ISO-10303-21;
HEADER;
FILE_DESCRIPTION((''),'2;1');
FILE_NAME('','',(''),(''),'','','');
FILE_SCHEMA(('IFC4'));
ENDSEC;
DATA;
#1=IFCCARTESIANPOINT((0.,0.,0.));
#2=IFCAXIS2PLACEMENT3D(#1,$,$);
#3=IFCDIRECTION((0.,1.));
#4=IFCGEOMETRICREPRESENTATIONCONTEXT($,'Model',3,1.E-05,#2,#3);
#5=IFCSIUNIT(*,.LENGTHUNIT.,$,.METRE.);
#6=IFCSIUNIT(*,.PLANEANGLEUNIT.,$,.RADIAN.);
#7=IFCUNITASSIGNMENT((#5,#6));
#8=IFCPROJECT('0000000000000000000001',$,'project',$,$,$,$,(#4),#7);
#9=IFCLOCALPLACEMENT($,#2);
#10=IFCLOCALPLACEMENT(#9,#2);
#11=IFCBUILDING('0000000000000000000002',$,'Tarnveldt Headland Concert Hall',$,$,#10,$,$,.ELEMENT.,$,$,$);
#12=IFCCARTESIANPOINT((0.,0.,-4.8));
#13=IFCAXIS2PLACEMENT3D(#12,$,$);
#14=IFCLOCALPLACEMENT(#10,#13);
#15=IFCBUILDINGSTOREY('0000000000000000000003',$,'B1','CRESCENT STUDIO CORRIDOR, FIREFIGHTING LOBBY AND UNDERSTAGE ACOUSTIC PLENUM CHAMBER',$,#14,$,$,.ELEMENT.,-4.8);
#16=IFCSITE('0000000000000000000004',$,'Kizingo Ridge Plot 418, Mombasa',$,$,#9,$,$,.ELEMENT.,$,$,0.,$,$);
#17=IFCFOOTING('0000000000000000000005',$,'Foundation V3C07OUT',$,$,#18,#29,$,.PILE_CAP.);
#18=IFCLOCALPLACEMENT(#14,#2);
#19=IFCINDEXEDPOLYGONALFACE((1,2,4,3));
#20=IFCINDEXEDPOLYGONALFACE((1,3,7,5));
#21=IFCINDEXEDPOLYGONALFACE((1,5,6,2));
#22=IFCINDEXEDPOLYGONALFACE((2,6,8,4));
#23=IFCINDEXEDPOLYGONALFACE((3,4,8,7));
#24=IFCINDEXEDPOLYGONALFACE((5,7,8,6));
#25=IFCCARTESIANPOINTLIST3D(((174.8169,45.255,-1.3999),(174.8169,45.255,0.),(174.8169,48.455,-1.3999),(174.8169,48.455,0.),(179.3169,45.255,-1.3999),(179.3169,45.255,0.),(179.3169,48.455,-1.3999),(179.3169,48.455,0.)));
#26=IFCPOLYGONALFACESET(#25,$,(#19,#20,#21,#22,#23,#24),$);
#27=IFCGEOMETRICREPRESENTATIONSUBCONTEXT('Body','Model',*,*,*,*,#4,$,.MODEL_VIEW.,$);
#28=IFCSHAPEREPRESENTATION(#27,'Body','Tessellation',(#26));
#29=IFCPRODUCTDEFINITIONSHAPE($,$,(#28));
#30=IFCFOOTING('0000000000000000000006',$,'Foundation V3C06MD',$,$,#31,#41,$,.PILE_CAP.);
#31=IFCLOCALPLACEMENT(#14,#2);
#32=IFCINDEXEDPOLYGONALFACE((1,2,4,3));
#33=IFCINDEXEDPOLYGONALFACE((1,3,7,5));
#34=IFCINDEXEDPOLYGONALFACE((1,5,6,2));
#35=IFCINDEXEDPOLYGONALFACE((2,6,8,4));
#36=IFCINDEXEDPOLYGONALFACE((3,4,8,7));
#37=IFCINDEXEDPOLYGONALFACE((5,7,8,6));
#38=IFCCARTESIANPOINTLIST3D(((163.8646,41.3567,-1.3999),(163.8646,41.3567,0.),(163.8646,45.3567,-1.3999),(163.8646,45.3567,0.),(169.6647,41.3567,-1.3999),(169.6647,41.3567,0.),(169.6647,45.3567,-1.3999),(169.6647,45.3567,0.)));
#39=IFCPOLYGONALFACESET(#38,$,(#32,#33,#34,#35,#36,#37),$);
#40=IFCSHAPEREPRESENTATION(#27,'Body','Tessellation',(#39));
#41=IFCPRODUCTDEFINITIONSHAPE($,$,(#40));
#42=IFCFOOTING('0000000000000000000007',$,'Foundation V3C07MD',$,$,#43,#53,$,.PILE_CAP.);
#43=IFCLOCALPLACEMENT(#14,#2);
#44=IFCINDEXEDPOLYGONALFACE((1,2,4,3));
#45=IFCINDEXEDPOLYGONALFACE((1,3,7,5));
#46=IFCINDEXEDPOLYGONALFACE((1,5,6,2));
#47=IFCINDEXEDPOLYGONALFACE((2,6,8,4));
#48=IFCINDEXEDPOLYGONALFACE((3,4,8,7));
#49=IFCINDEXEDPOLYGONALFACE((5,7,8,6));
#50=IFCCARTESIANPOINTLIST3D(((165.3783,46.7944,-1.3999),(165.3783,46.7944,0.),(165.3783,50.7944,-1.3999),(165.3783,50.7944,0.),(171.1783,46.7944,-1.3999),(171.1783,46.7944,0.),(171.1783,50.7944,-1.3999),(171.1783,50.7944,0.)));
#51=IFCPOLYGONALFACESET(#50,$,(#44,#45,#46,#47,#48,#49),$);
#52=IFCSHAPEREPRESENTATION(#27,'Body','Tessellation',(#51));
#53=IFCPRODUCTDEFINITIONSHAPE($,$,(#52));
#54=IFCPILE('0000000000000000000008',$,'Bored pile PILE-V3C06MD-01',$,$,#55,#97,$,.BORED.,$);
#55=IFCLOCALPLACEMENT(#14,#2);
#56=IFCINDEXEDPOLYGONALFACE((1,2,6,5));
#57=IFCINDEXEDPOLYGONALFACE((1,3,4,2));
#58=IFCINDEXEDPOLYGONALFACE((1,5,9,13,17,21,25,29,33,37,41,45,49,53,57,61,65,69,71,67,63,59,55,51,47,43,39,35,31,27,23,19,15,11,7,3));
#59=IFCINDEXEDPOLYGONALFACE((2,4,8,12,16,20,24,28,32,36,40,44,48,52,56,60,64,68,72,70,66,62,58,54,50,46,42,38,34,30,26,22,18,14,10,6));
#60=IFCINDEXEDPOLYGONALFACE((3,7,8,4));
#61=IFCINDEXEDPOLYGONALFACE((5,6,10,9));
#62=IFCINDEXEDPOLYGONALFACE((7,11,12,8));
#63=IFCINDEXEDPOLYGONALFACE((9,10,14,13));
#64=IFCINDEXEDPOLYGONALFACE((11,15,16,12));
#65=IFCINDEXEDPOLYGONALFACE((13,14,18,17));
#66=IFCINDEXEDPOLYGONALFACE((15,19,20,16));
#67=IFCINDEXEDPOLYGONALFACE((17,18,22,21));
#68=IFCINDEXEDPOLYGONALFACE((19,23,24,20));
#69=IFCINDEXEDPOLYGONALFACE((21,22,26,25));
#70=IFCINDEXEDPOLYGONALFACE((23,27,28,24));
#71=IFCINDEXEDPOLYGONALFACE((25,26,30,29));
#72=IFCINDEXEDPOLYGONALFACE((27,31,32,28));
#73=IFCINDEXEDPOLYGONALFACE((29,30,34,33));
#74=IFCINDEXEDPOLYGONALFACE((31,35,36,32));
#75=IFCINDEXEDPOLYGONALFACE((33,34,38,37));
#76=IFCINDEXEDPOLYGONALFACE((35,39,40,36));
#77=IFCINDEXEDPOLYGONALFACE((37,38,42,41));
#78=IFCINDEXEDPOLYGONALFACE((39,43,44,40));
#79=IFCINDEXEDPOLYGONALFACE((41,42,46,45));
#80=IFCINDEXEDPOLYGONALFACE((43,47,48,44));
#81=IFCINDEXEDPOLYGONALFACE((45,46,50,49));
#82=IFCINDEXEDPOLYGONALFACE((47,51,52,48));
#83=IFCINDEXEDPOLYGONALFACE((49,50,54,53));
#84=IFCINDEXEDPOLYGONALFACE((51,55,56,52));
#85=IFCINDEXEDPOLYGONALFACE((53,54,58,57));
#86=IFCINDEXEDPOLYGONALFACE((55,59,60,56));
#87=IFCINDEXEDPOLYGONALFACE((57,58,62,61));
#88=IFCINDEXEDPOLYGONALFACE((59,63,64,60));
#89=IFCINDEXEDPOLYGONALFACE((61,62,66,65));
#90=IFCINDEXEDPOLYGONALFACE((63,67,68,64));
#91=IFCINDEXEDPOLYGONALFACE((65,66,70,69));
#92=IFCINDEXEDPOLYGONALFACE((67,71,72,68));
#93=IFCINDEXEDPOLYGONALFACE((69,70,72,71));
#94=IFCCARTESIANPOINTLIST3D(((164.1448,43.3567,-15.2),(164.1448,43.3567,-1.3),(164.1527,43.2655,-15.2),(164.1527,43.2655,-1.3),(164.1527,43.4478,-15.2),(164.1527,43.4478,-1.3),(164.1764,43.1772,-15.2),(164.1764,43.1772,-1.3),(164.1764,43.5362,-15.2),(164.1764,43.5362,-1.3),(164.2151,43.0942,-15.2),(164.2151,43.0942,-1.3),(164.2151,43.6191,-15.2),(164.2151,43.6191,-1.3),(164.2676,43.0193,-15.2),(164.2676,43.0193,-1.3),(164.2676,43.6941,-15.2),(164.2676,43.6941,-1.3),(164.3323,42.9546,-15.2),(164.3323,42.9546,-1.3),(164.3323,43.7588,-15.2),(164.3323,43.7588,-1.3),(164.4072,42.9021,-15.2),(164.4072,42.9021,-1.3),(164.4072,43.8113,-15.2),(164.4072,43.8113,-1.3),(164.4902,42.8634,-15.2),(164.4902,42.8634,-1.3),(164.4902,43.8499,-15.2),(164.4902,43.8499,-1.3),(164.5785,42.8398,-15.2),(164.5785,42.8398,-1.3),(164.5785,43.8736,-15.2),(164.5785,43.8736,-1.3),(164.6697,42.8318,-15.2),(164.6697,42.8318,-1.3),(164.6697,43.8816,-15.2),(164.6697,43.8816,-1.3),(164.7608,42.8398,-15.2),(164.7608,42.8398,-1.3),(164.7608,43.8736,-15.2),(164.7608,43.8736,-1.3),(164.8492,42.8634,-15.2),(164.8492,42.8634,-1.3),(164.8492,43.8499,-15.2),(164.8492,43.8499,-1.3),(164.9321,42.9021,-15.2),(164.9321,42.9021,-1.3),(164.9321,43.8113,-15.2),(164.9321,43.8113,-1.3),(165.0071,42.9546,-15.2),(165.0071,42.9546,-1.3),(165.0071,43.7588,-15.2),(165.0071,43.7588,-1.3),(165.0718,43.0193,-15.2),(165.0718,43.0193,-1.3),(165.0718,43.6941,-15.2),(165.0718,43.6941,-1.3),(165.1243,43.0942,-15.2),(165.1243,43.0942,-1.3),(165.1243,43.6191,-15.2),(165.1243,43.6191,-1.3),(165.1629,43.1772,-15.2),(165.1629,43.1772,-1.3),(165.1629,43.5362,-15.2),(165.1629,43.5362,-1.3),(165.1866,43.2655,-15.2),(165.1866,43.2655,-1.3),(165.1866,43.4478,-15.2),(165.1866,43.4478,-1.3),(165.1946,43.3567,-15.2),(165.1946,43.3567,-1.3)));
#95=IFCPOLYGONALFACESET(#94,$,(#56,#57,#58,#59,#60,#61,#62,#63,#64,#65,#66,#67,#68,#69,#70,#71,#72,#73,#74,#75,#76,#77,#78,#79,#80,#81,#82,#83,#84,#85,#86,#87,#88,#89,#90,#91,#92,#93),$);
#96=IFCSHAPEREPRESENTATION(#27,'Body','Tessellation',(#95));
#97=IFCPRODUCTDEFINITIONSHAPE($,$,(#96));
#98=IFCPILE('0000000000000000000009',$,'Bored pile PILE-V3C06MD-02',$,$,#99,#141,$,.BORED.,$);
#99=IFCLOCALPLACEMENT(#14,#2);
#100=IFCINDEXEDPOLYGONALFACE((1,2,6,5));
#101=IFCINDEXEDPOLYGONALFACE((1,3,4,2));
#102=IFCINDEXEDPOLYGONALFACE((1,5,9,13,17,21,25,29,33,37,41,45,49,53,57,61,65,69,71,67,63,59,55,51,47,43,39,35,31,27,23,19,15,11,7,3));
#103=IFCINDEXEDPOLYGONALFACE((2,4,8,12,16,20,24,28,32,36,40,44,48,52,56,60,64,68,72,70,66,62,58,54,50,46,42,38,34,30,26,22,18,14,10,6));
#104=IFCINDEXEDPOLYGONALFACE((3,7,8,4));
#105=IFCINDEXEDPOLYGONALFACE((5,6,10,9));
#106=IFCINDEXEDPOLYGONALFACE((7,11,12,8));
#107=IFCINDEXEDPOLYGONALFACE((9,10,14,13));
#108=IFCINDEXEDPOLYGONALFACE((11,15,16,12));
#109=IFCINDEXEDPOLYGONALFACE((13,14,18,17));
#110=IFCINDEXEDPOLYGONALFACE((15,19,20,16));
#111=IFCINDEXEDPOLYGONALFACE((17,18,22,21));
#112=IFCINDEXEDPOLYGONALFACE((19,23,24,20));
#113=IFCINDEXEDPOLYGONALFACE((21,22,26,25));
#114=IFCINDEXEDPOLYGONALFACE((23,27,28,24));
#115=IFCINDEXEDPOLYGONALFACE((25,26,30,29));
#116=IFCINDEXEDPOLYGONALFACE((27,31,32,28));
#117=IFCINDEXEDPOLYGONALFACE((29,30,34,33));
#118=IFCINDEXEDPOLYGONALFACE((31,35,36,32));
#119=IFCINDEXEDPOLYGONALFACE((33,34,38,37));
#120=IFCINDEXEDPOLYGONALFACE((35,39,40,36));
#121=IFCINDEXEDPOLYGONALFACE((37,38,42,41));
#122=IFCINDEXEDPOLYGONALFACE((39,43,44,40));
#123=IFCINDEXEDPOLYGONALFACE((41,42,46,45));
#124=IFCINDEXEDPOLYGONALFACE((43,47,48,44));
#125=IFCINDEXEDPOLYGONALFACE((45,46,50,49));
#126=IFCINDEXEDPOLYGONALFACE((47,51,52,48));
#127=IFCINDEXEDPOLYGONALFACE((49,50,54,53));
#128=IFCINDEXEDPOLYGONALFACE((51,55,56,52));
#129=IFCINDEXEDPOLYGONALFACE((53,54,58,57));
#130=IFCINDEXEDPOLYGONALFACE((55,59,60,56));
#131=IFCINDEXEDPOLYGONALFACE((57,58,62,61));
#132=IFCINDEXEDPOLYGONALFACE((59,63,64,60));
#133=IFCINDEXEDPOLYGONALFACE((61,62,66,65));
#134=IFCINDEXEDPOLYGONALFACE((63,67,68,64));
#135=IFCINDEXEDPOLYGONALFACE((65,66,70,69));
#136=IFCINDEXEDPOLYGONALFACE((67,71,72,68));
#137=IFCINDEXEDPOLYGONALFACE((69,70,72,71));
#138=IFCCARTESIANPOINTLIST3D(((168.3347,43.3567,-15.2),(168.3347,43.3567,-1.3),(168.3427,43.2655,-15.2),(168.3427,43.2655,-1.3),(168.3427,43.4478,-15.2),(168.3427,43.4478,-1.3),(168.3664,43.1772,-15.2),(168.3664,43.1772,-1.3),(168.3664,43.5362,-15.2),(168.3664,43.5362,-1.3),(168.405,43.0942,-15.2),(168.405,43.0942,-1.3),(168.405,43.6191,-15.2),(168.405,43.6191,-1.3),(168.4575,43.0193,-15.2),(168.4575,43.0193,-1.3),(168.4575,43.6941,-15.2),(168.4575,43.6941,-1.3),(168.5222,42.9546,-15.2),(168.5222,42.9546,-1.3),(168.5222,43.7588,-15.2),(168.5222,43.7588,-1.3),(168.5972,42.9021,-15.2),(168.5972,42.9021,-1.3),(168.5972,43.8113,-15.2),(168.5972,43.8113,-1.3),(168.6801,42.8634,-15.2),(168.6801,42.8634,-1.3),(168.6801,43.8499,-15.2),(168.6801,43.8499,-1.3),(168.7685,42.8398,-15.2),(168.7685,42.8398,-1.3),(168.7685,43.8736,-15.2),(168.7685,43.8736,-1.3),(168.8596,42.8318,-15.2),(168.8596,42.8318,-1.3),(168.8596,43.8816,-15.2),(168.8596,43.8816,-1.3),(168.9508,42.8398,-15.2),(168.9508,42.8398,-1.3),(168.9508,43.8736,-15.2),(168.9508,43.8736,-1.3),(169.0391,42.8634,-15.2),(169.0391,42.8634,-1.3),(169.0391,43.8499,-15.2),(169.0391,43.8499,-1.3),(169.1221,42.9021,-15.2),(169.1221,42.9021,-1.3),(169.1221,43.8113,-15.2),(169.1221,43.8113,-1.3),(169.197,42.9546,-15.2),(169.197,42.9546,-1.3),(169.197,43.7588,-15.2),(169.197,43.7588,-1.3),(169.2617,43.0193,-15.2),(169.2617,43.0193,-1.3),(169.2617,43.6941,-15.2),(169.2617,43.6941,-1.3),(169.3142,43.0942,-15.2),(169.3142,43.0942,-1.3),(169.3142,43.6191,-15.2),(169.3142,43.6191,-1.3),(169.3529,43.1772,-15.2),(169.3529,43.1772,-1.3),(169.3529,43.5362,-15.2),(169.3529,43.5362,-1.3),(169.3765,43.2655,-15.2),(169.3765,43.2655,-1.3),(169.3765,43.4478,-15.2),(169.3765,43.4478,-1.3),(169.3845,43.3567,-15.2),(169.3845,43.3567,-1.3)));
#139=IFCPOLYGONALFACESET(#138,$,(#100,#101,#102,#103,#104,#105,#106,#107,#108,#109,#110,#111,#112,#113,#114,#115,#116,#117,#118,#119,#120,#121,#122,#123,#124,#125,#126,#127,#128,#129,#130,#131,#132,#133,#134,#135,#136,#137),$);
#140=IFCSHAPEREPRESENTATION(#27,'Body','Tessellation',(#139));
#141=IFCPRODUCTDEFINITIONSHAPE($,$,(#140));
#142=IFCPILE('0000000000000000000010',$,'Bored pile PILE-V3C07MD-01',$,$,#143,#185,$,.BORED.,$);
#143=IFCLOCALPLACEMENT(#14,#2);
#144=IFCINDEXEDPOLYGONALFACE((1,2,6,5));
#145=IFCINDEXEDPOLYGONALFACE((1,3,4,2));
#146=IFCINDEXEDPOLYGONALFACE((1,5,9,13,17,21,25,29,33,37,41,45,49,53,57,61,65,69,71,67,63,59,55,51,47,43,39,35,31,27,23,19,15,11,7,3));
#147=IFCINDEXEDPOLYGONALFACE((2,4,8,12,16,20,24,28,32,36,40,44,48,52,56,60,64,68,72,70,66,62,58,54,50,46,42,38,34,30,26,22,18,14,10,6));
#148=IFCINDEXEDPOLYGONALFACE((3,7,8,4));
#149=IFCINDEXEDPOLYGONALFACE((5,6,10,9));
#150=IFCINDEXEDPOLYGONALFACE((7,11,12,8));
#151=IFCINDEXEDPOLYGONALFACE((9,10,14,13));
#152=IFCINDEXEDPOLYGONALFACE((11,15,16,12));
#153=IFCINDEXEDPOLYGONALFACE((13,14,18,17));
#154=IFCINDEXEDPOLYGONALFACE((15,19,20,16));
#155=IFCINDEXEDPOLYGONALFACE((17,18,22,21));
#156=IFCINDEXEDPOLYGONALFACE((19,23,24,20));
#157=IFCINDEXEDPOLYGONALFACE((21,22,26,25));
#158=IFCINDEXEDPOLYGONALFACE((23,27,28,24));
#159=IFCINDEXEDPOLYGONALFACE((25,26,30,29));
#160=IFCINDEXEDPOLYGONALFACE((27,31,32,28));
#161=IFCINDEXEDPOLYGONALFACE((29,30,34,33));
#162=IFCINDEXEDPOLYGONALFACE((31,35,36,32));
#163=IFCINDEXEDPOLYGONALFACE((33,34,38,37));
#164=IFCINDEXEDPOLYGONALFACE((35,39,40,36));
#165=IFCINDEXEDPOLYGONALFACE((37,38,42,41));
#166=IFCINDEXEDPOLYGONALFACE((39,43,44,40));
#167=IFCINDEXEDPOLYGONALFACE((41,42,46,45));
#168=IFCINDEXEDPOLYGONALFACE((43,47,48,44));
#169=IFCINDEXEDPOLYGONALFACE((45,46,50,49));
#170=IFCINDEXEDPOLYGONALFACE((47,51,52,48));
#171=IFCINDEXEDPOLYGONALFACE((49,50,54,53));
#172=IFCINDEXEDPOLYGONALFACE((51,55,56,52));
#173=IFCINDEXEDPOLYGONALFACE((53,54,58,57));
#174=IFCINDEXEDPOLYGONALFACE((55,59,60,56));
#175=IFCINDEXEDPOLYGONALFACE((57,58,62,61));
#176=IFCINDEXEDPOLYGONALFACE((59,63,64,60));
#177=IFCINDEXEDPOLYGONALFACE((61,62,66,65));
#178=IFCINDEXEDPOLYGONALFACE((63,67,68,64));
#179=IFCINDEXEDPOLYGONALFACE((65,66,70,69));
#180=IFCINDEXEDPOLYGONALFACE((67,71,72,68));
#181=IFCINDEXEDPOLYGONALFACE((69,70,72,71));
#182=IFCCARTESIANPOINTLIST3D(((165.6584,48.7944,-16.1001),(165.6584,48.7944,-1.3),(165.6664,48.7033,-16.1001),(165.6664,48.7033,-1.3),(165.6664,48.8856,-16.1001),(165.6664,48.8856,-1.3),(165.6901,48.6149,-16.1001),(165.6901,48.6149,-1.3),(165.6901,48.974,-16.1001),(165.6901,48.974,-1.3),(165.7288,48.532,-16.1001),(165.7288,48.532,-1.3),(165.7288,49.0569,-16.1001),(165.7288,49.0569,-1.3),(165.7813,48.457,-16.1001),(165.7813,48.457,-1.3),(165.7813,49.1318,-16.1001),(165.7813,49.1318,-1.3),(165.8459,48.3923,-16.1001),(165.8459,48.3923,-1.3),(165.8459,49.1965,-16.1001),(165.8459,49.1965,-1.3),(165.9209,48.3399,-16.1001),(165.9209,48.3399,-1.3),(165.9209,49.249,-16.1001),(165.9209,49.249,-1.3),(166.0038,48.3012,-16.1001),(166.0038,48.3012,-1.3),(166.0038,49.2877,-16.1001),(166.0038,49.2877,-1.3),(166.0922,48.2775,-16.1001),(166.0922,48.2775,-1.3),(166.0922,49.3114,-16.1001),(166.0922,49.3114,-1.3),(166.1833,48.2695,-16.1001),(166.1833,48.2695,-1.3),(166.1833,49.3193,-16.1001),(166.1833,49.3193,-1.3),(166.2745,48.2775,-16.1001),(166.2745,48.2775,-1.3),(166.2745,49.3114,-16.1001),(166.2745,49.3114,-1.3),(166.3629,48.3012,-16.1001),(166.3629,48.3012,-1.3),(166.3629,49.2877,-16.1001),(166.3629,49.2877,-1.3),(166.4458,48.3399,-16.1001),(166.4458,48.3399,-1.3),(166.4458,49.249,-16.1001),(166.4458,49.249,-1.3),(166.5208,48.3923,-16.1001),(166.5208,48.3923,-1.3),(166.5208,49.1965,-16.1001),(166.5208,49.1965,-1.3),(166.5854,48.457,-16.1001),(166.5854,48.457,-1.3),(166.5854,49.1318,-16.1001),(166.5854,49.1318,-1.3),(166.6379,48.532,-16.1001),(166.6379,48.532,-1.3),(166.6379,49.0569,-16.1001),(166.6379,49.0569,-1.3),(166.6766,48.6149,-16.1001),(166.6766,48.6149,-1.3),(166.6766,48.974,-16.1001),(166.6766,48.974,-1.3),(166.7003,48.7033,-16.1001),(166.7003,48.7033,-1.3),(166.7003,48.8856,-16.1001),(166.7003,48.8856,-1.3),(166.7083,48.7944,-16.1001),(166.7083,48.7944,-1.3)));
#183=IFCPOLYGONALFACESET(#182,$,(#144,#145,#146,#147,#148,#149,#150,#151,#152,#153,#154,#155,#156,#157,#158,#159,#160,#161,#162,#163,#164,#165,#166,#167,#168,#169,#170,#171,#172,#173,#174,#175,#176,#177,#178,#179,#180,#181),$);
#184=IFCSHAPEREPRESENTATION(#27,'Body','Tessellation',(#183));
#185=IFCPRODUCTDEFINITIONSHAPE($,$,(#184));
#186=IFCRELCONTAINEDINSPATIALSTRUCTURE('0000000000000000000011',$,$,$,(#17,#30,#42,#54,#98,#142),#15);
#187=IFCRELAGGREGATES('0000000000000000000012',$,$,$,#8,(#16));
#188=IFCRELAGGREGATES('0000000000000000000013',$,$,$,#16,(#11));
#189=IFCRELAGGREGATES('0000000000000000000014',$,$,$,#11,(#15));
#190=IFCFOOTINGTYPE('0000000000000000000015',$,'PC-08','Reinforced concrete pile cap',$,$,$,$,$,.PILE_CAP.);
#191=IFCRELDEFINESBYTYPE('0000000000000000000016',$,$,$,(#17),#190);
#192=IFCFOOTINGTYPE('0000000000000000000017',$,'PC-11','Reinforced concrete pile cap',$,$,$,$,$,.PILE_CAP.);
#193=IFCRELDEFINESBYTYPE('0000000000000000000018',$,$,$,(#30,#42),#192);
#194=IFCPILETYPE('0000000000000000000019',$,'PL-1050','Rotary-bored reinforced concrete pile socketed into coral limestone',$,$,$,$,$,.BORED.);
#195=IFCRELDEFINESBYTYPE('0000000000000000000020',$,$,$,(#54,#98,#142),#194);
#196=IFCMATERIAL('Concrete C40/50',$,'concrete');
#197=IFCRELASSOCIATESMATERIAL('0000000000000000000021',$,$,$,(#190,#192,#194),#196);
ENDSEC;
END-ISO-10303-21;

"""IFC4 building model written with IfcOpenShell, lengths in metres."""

from ifc_helpers import new_model, si_unit, direction, frame, origin, origin_2d, place, context, subcontext, project, spatial, rectangle, circle, extrude, material, material_profile, profile_set, type_object, element, save


model = new_model("IFC4")

# Units and contexts
model_context = context("Model", 3, precision=1e-05, world=origin(), true_north=direction((0.0, 1.0)))
body_context = subcontext(model_context, "Body", "Model", "MODEL_VIEW")
ifc_project = project(units=[si_unit("LENGTHUNIT", "METRE"), si_unit("PLANEANGLEUNIT", "RADIAN")], contexts=[model_context])

# Site, building, storey
site_placement = place(None, origin())
site = spatial("IfcSite", under=ifc_project, at=site_placement, Name="Kizingo Ridge Plot 418, Mombasa", CompositionType="ELEMENT", RefElevation=0.0)
building_placement = place(site_placement, origin())
building = spatial("IfcBuilding", under=site, at=building_placement, Name="Tarnveldt Headland Concert Hall", CompositionType="ELEMENT")
storey_placement = place(building_placement, frame((0.0, 0.0, -4.8)))
storey = spatial("IfcBuildingStorey", under=building, at=storey_placement, Name="B1", Description="CRESCENT STUDIO CORRIDOR, FIREFIGHTING LOBBY AND UNDERSTAGE ACOUSTIC PLENUM CHAMBER", CompositionType="ELEMENT", Elevation=-4.8)

# Footings
ifc_material_1 = material(Name="Concrete C40/50", Category="concrete")
footing_type_1 = type_object("IfcFootingType", Name="PC-08", Description="Reinforced concrete pile cap", PredefinedType="PILE_CAP", material=ifc_material_1)
footing_placement = place(storey_placement, frame((177.0669, 46.855, -1.3999), z_axis=(0.0, 0.0, 1.0), x_axis=(1.0, 0.0, 0.0)))
element("IfcFooting", 1, at=footing_placement, inside=storey, type_object=footing_type_1, Name="Foundation V3C07OUT", PredefinedType="PILE_CAP", context=body_context, shape_type="SweptSolid", body=[
    extrude(rectangle(XDim=4.5, YDim=3.2, at=origin_2d()), origin(), (0.0, 0.0, 1.0), 1.3999),
])
footing_type_2 = type_object("IfcFootingType", Name="PC-11", Description="Reinforced concrete pile cap", PredefinedType="PILE_CAP", material=ifc_material_1)
for number, where, z_axis, x_axis, name in (
    (2, (166.7646, 43.3567, -1.3999), (0.0, 0.0, 1.0), (1.0, 0.0, 0.0), "Foundation V3C06MD"),
    (3, (168.2783, 48.7944, -1.3999), (0.0, 0.0, 1.0), (1.0, 0.0, 0.0), "Foundation V3C07MD"),
):
    element("IfcFooting", number, at=place(storey_placement, frame(where, z_axis=z_axis, x_axis=x_axis)), inside=storey, type_object=footing_type_2, Name=name, PredefinedType="PILE_CAP", context=body_context, shape_type="SweptSolid", body=[
        extrude(rectangle(XDim=5.8, YDim=4.0, at=origin_2d()), origin(), (0.0, 0.0, 1.0), 1.3999),
    ])

# Piles
ifc_material_profile_1 = material_profile(ifc_material_1, circle(Radius=0.5249, at=origin_2d()), Name="BORED PILE D1050", Category="concrete")
ifc_profile_set_1 = profile_set([ifc_material_profile_1], Name="Concrete C40/50")
pile_type_1 = type_object("IfcPileType", Name="PL-1050", Description="Rotary-bored reinforced concrete pile socketed into coral limestone", PredefinedType="BORED", material=ifc_profile_set_1)
for number, where, z_axis, x_axis, name in (
    (4, (164.6697, 43.3567, -1.3), (0.0, 0.0, -1.0), (1.0, 0.0, 0.0), "Bored pile PILE-V3C06MD-01"),
    (5, (168.8596, 43.3567, -1.3), (0.0, 0.0, -1.0), (1.0, 0.0, 0.0), "Bored pile PILE-V3C06MD-02"),
):
    element("IfcPile", number, at=place(storey_placement, frame(where, z_axis=z_axis, x_axis=x_axis)), inside=storey, type_object=pile_type_1, Name=name, PredefinedType="BORED", context=body_context, shape_type="SweptSolid", body=[
        extrude(circle(Radius=0.5249, at=origin_2d()), origin(), (0.0, 0.0, 1.0), 13.8999),
    ])
for number, where, z_axis, x_axis, name in (
    (6, (166.1833, 48.7944, -1.3), (0.0, 0.0, -1.0), (1.0, 0.0, 0.0), "Bored pile PILE-V3C07MD-01"),
):
    element("IfcPile", number, at=place(storey_placement, frame(where, z_axis=z_axis, x_axis=x_axis)), inside=storey, type_object=pile_type_1, Name=name, PredefinedType="BORED", context=body_context, shape_type="SweptSolid", body=[
        extrude(circle(Radius=0.5249, at=origin_2d()), origin(), (0.0, 0.0, 1.0), 14.8),
    ])

save(model, "model.ifc")
